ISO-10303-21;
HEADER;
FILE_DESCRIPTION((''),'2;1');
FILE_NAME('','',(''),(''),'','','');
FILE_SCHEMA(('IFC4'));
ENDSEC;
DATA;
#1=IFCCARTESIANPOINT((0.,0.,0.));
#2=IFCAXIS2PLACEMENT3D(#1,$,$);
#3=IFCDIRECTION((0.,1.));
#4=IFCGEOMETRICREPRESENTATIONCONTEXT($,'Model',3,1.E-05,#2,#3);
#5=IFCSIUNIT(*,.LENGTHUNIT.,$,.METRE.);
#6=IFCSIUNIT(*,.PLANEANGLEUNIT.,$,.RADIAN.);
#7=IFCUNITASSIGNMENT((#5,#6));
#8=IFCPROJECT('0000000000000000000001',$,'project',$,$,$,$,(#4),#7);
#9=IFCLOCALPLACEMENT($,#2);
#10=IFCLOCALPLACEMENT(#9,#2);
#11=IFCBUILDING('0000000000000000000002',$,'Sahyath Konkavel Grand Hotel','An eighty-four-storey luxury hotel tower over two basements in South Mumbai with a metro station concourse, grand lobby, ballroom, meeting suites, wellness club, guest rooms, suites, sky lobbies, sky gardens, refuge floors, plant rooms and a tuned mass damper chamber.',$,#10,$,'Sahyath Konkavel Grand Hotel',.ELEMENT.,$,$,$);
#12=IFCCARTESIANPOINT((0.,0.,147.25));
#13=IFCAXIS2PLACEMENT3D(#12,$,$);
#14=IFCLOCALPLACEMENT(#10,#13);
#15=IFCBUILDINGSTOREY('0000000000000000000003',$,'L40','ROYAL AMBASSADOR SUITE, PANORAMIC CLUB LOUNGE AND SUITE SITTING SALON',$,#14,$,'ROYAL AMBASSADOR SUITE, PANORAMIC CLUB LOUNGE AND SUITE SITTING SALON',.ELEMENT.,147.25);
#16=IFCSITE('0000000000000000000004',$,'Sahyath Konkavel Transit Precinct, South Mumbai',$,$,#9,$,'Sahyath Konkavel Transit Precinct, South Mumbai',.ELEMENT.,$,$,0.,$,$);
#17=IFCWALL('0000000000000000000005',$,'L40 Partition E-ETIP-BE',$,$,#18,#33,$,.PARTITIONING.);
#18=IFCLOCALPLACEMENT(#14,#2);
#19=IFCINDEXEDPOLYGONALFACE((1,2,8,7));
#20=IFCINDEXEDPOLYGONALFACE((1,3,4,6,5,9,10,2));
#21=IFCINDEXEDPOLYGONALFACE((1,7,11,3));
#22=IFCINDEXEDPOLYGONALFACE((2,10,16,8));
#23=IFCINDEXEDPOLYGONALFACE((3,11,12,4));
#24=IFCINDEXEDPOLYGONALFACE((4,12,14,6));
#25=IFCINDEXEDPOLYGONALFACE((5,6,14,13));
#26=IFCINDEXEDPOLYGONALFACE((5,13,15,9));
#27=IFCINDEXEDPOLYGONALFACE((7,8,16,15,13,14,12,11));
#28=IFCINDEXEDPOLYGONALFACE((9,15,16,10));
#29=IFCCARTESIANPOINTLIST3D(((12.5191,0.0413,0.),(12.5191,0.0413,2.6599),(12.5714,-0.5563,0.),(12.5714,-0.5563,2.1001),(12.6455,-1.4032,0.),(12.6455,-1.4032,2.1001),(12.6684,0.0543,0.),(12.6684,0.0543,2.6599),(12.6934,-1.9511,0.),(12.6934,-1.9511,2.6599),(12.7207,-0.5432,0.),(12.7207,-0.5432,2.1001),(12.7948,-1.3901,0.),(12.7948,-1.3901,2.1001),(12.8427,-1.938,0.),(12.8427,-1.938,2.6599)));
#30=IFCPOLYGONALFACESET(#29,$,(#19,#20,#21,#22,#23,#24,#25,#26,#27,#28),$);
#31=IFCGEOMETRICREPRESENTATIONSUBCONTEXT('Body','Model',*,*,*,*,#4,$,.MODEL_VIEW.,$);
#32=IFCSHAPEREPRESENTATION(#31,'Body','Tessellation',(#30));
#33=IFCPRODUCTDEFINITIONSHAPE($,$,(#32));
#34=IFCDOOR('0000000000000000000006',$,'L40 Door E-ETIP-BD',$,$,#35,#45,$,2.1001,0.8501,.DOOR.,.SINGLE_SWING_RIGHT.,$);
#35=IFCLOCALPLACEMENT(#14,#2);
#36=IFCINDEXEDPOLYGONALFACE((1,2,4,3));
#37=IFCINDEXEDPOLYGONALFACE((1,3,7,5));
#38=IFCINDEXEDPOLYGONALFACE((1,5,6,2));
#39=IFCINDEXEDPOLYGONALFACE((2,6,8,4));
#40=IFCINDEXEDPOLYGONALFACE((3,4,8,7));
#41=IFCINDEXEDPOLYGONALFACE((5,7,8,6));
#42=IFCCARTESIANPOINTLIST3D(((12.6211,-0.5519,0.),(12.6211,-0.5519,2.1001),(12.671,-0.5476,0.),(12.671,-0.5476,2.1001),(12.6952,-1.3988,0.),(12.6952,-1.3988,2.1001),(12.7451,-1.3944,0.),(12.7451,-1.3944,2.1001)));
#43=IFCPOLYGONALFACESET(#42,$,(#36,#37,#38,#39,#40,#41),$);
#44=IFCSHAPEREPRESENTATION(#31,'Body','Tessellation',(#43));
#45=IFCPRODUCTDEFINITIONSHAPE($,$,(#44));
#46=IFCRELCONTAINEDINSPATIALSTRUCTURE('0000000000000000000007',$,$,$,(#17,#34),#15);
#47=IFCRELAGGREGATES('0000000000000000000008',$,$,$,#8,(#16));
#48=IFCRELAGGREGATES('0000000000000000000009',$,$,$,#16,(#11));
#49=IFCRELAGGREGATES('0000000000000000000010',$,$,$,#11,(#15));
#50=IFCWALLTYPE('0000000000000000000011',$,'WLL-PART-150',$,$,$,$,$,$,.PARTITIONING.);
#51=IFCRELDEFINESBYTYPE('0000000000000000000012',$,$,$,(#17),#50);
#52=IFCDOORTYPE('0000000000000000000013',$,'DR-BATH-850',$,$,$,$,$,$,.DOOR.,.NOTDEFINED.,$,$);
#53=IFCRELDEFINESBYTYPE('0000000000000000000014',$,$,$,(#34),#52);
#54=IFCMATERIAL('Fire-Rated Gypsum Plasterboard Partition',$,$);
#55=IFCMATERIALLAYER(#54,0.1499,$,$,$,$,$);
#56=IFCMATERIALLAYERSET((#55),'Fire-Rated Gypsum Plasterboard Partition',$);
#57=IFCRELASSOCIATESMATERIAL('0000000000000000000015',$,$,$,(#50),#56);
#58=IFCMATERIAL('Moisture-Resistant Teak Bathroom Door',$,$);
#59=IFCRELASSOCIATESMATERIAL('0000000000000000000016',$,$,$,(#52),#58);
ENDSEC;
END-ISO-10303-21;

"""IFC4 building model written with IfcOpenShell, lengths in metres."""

from ifc_helpers import new_model, si_unit, direction, frame, frame_2d, origin, origin_2d, place, context, subcontext, project, spatial, rectangle, extrude, source, transform, mapped, material, layer, layer_set, type_object, element, fill, save


model = new_model("IFC4")

# Units and contexts
model_context = context("Model", 3, precision=1e-05, world=origin(), true_north=direction((0.0, 1.0)))
body_context = subcontext(model_context, "Body", "Model", "MODEL_VIEW")
ifc_project = project(units=[si_unit("LENGTHUNIT", "METRE"), si_unit("PLANEANGLEUNIT", "RADIAN")], contexts=[model_context])

# Site, building, storey
site_placement = place(None, origin())
site = spatial("IfcSite", under=ifc_project, at=site_placement, Name="Sahyath Konkavel Transit Precinct, South Mumbai", LongName="Sahyath Konkavel Transit Precinct, South Mumbai", CompositionType="ELEMENT", RefElevation=0.0)
building_placement = place(site_placement, origin())
building = spatial("IfcBuilding", under=site, at=building_placement, Name="Sahyath Konkavel Grand Hotel", Description="An eighty-four-storey luxury hotel tower over two basements in South Mumbai with a metro station concourse, grand lobby, ballroom, meeting suites, wellness club, guest rooms, suites, sky lobbies, sky gardens, refuge floors, plant rooms and a tuned mass damper chamber.", LongName="Sahyath Konkavel Grand Hotel", CompositionType="ELEMENT")
storey_placement = place(building_placement, frame((0.0, 0.0, 147.25)))
storey = spatial("IfcBuildingStorey", under=building, at=storey_placement, Name="L40", Description="ROYAL AMBASSADOR SUITE, PANORAMIC CLUB LOUNGE AND SUITE SITTING SALON", LongName="ROYAL AMBASSADOR SUITE, PANORAMIC CLUB LOUNGE AND SUITE SITTING SALON", CompositionType="ELEMENT", Elevation=147.25)

# Shared definitions
ifc_material_1 = material(Name="Fire-Rated Gypsum Plasterboard Partition")
ifc_layer_1 = layer(ifc_material_1, 0.1499)
ifc_layer_set_1 = layer_set([ifc_layer_1], Name="Fire-Rated Gypsum Plasterboard Partition")
wall_type_1 = type_object("IfcWallType", Name="WLL-PART-150", PredefinedType="PARTITIONING", material=ifc_layer_set_1)

# Wall, opening, door
wall_1_placement = place(storey_placement, frame((12.7681, -1.9446, 0.0), z_axis=(0.0, 0.0, 1.0), x_axis=(-0.087156, 0.996195, 0.0)))
wall_1 = element("IfcWall", 1, at=wall_1_placement, inside=storey, type_object=wall_type_1, Name="L40 Partition E-ETIP-BE", PredefinedType="PARTITIONING", context=body_context, shape_type="SweptSolid", body=[
    extrude(rectangle(XDim=2.0, YDim=0.1499, at=frame_2d((1.0, 0.0))), origin(), (0.0, 0.0, 1.0), 2.6599),
])
opening_placement = place(wall_1_placement, frame((0.55, 0.0, 0.0)))
opening = element("IfcOpeningElement", 2, at=opening_placement, cuts=wall_1, PredefinedType="OPENING", context=body_context, shape_type="SweptSolid", body=[
    extrude(rectangle(XDim=0.8501, YDim=2.1001, at=frame_2d((0.425, 1.05))), frame((0.0, 0.085, 0.0), z_axis=(0.0, -1.0, 0.0), x_axis=(1.0, 0.0, 0.0)), (0.0, 0.0, 1.0), 0.1699),
])
ifc_material_2 = material(Name="Moisture-Resistant Teak Bathroom Door")
door_type = type_object("IfcDoorType", Name="DR-BATH-850", OperationType="NOTDEFINED", PredefinedType="DOOR", material=ifc_material_2)
shared_shape_1 = source(origin(), body_context, "Body", "SweptSolid", [
    extrude(rectangle(XDim=0.8501, YDim=0.05, at=origin_2d()), origin(), (0.0, 0.0, 1.0), 2.1001),
])
door_placement = place(opening_placement, frame((0.425, 0.0, 0.0)))
door = element("IfcDoor", 3, at=door_placement, inside=storey, type_object=door_type, Name="L40 Door E-ETIP-BD", OperationType="SINGLE_SWING_RIGHT", OverallHeight=2.1001, OverallWidth=0.8501, PredefinedType="DOOR", context=body_context, shape_type="MappedRepresentation", body=[
    mapped(shared_shape_1, transform((0.0, 0.0, 0.0), scale=1.0)),
])
fill(opening, door)

save(model, "model.ifc")
